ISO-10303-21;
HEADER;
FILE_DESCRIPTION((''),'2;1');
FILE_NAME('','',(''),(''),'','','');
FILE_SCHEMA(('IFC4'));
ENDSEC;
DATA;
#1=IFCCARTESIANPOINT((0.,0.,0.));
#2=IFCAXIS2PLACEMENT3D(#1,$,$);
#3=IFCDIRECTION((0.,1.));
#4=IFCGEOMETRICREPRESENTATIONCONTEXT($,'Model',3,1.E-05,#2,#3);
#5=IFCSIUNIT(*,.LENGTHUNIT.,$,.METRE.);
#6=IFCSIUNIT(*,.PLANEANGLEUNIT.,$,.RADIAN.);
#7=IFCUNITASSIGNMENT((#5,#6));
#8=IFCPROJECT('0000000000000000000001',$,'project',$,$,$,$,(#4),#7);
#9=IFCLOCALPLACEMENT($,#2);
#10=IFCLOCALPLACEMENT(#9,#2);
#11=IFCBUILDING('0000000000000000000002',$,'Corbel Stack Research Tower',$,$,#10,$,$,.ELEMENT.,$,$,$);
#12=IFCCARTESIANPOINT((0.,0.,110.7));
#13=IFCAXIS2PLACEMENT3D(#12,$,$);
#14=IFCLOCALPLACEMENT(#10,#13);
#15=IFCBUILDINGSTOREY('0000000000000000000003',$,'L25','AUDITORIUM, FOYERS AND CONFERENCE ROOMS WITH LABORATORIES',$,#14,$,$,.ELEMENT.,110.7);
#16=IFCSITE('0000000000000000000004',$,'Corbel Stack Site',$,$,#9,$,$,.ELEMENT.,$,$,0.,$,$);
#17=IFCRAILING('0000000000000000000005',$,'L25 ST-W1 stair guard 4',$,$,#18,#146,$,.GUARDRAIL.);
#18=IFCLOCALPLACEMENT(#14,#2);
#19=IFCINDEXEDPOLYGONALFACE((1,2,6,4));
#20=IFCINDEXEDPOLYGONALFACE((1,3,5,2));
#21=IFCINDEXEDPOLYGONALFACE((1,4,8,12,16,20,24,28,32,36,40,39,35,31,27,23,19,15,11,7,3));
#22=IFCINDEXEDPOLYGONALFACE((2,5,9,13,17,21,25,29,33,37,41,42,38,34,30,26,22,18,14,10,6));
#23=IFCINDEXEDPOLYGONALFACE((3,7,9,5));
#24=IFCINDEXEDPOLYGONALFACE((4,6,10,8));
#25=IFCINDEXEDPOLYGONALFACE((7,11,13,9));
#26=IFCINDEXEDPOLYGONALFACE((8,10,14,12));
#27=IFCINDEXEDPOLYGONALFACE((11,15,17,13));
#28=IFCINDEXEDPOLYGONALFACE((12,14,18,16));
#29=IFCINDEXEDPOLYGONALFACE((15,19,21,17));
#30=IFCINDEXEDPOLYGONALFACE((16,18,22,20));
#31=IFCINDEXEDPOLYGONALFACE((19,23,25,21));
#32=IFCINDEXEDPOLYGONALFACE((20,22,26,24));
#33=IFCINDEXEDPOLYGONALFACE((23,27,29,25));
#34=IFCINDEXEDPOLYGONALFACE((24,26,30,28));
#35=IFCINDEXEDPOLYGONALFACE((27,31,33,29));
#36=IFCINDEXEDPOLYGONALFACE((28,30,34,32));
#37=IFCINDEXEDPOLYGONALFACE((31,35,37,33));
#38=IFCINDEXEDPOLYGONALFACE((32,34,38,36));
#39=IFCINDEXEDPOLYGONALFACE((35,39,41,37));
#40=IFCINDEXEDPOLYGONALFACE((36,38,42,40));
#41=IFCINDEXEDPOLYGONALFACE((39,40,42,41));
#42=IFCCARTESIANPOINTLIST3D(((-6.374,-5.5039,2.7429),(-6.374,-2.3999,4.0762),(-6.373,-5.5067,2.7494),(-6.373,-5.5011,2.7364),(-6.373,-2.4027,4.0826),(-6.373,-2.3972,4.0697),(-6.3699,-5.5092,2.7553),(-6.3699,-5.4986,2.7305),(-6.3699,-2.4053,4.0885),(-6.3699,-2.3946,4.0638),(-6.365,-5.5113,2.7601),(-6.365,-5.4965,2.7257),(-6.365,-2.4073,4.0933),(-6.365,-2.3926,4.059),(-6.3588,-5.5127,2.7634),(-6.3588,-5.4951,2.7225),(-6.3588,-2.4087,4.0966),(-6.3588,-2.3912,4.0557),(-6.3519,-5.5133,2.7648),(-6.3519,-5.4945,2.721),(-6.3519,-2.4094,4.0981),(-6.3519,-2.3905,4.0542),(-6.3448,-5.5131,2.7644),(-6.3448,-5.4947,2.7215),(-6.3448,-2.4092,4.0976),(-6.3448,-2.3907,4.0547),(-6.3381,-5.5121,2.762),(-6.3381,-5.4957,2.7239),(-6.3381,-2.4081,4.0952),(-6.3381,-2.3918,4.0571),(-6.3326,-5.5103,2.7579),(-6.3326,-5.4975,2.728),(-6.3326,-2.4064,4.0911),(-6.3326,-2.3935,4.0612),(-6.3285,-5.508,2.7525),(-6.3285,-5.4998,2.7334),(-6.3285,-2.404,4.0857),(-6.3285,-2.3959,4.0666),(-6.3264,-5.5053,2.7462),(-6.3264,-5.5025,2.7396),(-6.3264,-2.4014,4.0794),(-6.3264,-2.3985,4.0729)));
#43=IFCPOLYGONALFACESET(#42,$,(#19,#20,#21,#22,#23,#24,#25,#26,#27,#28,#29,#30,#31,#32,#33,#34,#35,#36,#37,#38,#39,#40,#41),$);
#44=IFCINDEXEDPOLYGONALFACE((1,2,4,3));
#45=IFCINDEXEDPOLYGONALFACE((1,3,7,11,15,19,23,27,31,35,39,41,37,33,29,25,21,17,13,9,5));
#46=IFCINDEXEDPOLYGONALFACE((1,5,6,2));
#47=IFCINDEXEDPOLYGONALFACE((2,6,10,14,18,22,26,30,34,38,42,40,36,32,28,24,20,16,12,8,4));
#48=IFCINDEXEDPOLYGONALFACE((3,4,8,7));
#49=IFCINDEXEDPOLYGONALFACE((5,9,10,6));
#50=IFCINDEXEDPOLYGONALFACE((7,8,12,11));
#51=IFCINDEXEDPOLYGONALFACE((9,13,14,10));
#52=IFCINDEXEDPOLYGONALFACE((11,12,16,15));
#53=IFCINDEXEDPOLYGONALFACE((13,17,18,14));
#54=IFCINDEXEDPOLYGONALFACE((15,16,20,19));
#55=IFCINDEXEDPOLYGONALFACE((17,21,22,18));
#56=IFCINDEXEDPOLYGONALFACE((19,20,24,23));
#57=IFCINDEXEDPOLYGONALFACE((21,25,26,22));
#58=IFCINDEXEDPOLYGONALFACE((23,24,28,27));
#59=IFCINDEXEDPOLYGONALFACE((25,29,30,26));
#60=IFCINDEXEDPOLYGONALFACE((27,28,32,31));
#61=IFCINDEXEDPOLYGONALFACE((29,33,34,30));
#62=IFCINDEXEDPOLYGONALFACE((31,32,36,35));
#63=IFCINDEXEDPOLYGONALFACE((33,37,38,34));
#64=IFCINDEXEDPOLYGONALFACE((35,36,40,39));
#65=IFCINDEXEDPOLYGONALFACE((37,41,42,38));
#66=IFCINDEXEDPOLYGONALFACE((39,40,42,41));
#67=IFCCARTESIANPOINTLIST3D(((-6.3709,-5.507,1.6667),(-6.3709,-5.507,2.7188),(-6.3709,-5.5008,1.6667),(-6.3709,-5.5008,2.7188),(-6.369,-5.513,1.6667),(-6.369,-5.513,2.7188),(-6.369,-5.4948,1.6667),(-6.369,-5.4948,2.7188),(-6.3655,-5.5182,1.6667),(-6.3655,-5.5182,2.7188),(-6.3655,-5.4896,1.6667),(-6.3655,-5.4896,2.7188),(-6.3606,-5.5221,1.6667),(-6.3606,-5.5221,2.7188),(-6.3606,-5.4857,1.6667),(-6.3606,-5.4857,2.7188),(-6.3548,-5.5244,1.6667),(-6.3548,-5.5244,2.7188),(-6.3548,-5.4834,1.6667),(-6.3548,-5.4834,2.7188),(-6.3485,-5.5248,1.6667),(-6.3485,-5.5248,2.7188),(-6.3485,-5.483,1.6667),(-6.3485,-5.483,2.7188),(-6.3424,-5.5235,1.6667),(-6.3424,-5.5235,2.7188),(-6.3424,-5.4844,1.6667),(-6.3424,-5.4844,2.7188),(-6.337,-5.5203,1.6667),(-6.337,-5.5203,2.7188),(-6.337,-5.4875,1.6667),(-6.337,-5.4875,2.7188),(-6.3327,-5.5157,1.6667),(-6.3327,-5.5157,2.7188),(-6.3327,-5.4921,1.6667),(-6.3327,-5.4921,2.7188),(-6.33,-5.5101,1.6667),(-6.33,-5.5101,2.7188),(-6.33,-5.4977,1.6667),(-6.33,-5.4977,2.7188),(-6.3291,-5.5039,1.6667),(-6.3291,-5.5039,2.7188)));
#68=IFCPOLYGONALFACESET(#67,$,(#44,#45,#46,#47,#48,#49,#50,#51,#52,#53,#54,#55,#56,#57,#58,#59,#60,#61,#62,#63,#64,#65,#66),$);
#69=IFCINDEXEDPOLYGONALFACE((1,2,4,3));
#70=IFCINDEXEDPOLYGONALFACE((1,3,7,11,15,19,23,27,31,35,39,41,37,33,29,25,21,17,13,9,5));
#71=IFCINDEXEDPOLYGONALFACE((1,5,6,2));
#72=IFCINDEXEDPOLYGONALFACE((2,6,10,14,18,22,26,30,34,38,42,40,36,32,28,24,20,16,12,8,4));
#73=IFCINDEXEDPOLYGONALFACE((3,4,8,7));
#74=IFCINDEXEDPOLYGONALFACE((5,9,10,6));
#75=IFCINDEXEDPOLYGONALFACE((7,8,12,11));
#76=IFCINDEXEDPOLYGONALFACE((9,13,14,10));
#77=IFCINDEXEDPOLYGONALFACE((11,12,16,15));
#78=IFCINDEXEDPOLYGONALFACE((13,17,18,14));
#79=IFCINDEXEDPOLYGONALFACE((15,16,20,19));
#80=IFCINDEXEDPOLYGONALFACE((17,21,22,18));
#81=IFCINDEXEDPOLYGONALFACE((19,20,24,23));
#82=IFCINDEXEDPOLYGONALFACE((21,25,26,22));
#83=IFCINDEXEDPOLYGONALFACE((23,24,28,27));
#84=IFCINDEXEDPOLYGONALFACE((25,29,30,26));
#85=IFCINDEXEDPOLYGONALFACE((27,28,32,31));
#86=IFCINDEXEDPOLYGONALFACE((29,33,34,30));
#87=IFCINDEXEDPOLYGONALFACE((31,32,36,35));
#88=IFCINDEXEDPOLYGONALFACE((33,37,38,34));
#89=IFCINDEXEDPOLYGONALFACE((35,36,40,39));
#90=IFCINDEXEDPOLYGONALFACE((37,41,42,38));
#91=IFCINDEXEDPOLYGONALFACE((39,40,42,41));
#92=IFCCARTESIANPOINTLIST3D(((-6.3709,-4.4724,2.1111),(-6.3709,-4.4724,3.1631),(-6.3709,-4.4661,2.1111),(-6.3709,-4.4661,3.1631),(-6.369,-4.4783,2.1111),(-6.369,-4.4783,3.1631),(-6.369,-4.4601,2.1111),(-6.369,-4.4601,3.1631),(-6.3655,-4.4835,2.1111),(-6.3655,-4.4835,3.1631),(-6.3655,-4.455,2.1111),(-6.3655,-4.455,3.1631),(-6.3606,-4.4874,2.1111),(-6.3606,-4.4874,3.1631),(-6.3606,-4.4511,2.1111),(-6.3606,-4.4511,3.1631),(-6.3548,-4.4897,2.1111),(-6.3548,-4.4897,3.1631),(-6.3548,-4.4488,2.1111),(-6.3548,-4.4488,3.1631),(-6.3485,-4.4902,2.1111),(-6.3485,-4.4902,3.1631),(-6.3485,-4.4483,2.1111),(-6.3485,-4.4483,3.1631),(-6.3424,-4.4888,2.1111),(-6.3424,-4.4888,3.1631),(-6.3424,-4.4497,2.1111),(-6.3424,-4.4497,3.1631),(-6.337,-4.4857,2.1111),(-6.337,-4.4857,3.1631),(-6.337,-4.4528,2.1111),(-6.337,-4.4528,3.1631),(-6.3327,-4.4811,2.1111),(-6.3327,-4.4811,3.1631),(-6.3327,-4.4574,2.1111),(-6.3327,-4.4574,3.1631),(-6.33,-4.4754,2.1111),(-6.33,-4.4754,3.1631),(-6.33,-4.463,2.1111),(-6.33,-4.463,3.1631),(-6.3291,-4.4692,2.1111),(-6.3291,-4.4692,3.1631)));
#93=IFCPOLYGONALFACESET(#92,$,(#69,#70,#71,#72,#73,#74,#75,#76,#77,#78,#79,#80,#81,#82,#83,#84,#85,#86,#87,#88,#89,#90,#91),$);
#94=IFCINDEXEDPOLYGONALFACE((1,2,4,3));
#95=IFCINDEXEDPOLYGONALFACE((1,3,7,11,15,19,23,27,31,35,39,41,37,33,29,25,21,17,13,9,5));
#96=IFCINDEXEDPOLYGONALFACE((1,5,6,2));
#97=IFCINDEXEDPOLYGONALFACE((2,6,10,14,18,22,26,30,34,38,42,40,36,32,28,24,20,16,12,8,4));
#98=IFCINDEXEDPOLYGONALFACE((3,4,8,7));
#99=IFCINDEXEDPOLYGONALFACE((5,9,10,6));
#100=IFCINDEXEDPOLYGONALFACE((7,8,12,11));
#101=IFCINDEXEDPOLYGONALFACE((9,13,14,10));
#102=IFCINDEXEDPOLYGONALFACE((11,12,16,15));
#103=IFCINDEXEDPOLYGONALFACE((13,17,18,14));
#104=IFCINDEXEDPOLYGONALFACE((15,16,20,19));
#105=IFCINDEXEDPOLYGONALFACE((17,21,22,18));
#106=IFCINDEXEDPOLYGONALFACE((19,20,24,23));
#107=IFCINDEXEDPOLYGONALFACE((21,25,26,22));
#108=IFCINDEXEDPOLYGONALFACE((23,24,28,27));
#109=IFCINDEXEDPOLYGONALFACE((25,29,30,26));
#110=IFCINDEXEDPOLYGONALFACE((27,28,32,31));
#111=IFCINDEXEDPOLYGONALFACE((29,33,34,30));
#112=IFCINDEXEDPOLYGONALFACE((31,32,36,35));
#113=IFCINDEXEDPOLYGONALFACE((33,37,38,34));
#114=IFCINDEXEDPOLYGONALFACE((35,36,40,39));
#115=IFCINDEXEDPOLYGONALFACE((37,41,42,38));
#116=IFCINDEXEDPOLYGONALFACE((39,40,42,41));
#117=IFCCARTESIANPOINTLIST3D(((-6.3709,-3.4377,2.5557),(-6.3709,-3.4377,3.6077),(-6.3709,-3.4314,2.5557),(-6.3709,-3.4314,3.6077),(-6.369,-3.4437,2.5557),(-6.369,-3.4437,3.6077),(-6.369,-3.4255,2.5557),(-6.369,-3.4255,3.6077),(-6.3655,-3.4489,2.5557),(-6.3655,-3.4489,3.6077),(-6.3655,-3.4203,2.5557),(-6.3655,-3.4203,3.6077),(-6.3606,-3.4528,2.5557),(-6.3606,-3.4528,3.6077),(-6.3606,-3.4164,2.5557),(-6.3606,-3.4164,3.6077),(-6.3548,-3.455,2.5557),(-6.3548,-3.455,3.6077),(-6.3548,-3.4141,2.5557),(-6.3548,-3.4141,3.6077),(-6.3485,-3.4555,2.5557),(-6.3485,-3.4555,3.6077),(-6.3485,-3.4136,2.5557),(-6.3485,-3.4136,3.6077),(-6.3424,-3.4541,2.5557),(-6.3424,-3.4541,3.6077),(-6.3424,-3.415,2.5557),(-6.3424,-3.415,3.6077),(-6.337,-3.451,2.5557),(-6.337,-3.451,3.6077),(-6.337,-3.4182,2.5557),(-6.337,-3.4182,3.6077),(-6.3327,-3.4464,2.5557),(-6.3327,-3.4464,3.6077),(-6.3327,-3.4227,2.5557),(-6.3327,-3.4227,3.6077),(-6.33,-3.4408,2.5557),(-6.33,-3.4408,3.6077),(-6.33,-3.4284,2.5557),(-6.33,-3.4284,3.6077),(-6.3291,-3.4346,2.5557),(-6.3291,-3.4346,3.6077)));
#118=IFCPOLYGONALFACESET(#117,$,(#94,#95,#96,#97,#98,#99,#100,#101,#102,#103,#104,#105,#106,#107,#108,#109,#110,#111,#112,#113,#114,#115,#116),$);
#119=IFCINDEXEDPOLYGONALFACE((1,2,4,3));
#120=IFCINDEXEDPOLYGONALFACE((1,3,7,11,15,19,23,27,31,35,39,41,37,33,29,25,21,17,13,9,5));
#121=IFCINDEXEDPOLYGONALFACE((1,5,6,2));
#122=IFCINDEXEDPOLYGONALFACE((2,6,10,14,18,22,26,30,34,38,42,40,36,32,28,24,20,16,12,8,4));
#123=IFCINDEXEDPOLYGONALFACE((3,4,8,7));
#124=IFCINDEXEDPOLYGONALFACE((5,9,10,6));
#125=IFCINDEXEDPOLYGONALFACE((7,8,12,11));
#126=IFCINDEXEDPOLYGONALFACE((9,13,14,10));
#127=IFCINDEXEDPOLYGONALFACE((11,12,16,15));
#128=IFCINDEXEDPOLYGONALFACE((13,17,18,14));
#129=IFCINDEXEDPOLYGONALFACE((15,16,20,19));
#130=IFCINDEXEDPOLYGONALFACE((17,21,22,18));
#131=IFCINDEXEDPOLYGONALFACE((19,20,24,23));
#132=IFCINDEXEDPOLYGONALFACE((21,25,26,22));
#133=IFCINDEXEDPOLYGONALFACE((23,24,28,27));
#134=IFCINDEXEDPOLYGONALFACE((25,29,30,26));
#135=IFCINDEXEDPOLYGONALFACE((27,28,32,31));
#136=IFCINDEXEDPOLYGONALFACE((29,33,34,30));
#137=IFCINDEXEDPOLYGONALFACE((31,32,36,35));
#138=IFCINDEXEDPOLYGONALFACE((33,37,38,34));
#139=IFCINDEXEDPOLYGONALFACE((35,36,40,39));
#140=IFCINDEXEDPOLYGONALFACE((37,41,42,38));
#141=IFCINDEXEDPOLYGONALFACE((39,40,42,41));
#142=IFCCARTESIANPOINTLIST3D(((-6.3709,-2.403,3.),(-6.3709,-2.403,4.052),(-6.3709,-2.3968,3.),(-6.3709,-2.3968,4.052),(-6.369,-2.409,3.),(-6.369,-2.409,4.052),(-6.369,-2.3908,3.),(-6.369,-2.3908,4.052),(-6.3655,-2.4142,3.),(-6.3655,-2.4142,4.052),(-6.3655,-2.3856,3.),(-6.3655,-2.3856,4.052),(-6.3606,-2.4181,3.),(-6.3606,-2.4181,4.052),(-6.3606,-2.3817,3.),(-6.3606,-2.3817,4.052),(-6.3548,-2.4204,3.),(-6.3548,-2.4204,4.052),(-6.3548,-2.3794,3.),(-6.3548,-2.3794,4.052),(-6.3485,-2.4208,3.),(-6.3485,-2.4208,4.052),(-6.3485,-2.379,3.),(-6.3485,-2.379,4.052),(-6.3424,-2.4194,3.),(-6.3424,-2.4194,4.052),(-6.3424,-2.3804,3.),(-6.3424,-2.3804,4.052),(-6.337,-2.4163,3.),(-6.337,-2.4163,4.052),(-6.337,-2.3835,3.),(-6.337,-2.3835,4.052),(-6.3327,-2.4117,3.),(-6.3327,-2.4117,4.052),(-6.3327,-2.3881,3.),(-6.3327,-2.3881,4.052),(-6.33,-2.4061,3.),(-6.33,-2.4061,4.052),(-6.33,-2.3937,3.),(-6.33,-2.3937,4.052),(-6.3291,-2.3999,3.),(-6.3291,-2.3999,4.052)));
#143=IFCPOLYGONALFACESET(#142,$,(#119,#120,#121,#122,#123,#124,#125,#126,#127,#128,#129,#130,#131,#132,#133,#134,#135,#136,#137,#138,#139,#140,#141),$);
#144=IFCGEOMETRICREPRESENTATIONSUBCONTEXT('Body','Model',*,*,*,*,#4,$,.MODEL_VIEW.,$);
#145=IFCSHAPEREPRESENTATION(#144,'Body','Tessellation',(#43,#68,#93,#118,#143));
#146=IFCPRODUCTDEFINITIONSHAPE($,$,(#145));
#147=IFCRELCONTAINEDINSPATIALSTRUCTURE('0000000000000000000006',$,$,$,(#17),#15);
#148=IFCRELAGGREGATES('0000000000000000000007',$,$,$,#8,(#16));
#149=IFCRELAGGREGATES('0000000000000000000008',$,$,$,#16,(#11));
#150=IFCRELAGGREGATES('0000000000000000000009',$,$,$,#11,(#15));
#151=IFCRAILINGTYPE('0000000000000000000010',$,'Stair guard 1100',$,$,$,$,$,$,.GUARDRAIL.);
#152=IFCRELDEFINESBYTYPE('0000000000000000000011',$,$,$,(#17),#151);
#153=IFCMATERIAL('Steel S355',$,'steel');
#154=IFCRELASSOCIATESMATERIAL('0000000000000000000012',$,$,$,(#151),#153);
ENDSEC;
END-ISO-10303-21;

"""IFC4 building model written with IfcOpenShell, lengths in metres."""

from ifc_helpers import new_model, si_unit, direction, frame, origin, origin_2d, place, context, subcontext, project, spatial, circle, extrude, material, type_object, element, save


model = new_model("IFC4")

# Units and contexts
model_context = context("Model", 3, precision=1e-05, world=origin(), true_north=direction((0.0, 1.0)))
body_context = subcontext(model_context, "Body", "Model", "MODEL_VIEW")
ifc_project = project(units=[si_unit("LENGTHUNIT", "METRE"), si_unit("PLANEANGLEUNIT", "RADIAN")], contexts=[model_context])

# Site, building, storey
site_placement = place(None, origin())
site = spatial("IfcSite", under=ifc_project, at=site_placement, Name="Corbel Stack Site", CompositionType="ELEMENT", RefElevation=0.0)
building_placement = place(site_placement, origin())
building = spatial("IfcBuilding", under=site, at=building_placement, Name="Corbel Stack Research Tower", CompositionType="ELEMENT")
storey_placement = place(building_placement, frame((0.0, 0.0, 110.7)))
storey = spatial("IfcBuildingStorey", under=building, at=storey_placement, Name="L25", Description="AUDITORIUM, FOYERS AND CONFERENCE ROOMS WITH LABORATORIES", CompositionType="ELEMENT", Elevation=110.7)

# Railing
ifc_material_1 = material(Name="Steel S355", Category="steel")
railing_type_1 = type_object("IfcRailingType", Name="Stair guard 1100", PredefinedType="GUARDRAIL", material=ifc_material_1)
railing_1_placement = place(storey_placement, frame((-6.3501, -5.5039, 1.6667)))
element("IfcRailing", 1, at=railing_1_placement, inside=storey, type_object=railing_type_1, Name="L25 ST-W1 stair guard 4", PredefinedType="GUARDRAIL", context=body_context, shape_type="SweptSolid", body=[
    extrude(circle(Radius=0.0239, at=origin_2d()), frame((0.0, 0.0, 1.0762), z_axis=(0.0, 0.918827, 0.394661), x_axis=(-1.0, 0.0, 0.0)), (0.0, 0.0, 1.0), 3.3782),
    extrude(circle(Radius=0.021, at=origin_2d()), origin(), (0.0, 0.0, 1.0), 1.052),
    extrude(circle(Radius=0.021, at=origin_2d()), frame((0.0, 1.0347, 0.4443)), (0.0, 0.0, 1.0), 1.052),
    extrude(circle(Radius=0.021, at=origin_2d()), frame((0.0, 2.0693, 0.8889)), (0.0, 0.0, 1.0), 1.052),
    extrude(circle(Radius=0.021, at=origin_2d()), frame((0.0, 3.104, 1.3333)), (0.0, 0.0, 1.0), 1.052),
])

save(model, "model.ifc")
